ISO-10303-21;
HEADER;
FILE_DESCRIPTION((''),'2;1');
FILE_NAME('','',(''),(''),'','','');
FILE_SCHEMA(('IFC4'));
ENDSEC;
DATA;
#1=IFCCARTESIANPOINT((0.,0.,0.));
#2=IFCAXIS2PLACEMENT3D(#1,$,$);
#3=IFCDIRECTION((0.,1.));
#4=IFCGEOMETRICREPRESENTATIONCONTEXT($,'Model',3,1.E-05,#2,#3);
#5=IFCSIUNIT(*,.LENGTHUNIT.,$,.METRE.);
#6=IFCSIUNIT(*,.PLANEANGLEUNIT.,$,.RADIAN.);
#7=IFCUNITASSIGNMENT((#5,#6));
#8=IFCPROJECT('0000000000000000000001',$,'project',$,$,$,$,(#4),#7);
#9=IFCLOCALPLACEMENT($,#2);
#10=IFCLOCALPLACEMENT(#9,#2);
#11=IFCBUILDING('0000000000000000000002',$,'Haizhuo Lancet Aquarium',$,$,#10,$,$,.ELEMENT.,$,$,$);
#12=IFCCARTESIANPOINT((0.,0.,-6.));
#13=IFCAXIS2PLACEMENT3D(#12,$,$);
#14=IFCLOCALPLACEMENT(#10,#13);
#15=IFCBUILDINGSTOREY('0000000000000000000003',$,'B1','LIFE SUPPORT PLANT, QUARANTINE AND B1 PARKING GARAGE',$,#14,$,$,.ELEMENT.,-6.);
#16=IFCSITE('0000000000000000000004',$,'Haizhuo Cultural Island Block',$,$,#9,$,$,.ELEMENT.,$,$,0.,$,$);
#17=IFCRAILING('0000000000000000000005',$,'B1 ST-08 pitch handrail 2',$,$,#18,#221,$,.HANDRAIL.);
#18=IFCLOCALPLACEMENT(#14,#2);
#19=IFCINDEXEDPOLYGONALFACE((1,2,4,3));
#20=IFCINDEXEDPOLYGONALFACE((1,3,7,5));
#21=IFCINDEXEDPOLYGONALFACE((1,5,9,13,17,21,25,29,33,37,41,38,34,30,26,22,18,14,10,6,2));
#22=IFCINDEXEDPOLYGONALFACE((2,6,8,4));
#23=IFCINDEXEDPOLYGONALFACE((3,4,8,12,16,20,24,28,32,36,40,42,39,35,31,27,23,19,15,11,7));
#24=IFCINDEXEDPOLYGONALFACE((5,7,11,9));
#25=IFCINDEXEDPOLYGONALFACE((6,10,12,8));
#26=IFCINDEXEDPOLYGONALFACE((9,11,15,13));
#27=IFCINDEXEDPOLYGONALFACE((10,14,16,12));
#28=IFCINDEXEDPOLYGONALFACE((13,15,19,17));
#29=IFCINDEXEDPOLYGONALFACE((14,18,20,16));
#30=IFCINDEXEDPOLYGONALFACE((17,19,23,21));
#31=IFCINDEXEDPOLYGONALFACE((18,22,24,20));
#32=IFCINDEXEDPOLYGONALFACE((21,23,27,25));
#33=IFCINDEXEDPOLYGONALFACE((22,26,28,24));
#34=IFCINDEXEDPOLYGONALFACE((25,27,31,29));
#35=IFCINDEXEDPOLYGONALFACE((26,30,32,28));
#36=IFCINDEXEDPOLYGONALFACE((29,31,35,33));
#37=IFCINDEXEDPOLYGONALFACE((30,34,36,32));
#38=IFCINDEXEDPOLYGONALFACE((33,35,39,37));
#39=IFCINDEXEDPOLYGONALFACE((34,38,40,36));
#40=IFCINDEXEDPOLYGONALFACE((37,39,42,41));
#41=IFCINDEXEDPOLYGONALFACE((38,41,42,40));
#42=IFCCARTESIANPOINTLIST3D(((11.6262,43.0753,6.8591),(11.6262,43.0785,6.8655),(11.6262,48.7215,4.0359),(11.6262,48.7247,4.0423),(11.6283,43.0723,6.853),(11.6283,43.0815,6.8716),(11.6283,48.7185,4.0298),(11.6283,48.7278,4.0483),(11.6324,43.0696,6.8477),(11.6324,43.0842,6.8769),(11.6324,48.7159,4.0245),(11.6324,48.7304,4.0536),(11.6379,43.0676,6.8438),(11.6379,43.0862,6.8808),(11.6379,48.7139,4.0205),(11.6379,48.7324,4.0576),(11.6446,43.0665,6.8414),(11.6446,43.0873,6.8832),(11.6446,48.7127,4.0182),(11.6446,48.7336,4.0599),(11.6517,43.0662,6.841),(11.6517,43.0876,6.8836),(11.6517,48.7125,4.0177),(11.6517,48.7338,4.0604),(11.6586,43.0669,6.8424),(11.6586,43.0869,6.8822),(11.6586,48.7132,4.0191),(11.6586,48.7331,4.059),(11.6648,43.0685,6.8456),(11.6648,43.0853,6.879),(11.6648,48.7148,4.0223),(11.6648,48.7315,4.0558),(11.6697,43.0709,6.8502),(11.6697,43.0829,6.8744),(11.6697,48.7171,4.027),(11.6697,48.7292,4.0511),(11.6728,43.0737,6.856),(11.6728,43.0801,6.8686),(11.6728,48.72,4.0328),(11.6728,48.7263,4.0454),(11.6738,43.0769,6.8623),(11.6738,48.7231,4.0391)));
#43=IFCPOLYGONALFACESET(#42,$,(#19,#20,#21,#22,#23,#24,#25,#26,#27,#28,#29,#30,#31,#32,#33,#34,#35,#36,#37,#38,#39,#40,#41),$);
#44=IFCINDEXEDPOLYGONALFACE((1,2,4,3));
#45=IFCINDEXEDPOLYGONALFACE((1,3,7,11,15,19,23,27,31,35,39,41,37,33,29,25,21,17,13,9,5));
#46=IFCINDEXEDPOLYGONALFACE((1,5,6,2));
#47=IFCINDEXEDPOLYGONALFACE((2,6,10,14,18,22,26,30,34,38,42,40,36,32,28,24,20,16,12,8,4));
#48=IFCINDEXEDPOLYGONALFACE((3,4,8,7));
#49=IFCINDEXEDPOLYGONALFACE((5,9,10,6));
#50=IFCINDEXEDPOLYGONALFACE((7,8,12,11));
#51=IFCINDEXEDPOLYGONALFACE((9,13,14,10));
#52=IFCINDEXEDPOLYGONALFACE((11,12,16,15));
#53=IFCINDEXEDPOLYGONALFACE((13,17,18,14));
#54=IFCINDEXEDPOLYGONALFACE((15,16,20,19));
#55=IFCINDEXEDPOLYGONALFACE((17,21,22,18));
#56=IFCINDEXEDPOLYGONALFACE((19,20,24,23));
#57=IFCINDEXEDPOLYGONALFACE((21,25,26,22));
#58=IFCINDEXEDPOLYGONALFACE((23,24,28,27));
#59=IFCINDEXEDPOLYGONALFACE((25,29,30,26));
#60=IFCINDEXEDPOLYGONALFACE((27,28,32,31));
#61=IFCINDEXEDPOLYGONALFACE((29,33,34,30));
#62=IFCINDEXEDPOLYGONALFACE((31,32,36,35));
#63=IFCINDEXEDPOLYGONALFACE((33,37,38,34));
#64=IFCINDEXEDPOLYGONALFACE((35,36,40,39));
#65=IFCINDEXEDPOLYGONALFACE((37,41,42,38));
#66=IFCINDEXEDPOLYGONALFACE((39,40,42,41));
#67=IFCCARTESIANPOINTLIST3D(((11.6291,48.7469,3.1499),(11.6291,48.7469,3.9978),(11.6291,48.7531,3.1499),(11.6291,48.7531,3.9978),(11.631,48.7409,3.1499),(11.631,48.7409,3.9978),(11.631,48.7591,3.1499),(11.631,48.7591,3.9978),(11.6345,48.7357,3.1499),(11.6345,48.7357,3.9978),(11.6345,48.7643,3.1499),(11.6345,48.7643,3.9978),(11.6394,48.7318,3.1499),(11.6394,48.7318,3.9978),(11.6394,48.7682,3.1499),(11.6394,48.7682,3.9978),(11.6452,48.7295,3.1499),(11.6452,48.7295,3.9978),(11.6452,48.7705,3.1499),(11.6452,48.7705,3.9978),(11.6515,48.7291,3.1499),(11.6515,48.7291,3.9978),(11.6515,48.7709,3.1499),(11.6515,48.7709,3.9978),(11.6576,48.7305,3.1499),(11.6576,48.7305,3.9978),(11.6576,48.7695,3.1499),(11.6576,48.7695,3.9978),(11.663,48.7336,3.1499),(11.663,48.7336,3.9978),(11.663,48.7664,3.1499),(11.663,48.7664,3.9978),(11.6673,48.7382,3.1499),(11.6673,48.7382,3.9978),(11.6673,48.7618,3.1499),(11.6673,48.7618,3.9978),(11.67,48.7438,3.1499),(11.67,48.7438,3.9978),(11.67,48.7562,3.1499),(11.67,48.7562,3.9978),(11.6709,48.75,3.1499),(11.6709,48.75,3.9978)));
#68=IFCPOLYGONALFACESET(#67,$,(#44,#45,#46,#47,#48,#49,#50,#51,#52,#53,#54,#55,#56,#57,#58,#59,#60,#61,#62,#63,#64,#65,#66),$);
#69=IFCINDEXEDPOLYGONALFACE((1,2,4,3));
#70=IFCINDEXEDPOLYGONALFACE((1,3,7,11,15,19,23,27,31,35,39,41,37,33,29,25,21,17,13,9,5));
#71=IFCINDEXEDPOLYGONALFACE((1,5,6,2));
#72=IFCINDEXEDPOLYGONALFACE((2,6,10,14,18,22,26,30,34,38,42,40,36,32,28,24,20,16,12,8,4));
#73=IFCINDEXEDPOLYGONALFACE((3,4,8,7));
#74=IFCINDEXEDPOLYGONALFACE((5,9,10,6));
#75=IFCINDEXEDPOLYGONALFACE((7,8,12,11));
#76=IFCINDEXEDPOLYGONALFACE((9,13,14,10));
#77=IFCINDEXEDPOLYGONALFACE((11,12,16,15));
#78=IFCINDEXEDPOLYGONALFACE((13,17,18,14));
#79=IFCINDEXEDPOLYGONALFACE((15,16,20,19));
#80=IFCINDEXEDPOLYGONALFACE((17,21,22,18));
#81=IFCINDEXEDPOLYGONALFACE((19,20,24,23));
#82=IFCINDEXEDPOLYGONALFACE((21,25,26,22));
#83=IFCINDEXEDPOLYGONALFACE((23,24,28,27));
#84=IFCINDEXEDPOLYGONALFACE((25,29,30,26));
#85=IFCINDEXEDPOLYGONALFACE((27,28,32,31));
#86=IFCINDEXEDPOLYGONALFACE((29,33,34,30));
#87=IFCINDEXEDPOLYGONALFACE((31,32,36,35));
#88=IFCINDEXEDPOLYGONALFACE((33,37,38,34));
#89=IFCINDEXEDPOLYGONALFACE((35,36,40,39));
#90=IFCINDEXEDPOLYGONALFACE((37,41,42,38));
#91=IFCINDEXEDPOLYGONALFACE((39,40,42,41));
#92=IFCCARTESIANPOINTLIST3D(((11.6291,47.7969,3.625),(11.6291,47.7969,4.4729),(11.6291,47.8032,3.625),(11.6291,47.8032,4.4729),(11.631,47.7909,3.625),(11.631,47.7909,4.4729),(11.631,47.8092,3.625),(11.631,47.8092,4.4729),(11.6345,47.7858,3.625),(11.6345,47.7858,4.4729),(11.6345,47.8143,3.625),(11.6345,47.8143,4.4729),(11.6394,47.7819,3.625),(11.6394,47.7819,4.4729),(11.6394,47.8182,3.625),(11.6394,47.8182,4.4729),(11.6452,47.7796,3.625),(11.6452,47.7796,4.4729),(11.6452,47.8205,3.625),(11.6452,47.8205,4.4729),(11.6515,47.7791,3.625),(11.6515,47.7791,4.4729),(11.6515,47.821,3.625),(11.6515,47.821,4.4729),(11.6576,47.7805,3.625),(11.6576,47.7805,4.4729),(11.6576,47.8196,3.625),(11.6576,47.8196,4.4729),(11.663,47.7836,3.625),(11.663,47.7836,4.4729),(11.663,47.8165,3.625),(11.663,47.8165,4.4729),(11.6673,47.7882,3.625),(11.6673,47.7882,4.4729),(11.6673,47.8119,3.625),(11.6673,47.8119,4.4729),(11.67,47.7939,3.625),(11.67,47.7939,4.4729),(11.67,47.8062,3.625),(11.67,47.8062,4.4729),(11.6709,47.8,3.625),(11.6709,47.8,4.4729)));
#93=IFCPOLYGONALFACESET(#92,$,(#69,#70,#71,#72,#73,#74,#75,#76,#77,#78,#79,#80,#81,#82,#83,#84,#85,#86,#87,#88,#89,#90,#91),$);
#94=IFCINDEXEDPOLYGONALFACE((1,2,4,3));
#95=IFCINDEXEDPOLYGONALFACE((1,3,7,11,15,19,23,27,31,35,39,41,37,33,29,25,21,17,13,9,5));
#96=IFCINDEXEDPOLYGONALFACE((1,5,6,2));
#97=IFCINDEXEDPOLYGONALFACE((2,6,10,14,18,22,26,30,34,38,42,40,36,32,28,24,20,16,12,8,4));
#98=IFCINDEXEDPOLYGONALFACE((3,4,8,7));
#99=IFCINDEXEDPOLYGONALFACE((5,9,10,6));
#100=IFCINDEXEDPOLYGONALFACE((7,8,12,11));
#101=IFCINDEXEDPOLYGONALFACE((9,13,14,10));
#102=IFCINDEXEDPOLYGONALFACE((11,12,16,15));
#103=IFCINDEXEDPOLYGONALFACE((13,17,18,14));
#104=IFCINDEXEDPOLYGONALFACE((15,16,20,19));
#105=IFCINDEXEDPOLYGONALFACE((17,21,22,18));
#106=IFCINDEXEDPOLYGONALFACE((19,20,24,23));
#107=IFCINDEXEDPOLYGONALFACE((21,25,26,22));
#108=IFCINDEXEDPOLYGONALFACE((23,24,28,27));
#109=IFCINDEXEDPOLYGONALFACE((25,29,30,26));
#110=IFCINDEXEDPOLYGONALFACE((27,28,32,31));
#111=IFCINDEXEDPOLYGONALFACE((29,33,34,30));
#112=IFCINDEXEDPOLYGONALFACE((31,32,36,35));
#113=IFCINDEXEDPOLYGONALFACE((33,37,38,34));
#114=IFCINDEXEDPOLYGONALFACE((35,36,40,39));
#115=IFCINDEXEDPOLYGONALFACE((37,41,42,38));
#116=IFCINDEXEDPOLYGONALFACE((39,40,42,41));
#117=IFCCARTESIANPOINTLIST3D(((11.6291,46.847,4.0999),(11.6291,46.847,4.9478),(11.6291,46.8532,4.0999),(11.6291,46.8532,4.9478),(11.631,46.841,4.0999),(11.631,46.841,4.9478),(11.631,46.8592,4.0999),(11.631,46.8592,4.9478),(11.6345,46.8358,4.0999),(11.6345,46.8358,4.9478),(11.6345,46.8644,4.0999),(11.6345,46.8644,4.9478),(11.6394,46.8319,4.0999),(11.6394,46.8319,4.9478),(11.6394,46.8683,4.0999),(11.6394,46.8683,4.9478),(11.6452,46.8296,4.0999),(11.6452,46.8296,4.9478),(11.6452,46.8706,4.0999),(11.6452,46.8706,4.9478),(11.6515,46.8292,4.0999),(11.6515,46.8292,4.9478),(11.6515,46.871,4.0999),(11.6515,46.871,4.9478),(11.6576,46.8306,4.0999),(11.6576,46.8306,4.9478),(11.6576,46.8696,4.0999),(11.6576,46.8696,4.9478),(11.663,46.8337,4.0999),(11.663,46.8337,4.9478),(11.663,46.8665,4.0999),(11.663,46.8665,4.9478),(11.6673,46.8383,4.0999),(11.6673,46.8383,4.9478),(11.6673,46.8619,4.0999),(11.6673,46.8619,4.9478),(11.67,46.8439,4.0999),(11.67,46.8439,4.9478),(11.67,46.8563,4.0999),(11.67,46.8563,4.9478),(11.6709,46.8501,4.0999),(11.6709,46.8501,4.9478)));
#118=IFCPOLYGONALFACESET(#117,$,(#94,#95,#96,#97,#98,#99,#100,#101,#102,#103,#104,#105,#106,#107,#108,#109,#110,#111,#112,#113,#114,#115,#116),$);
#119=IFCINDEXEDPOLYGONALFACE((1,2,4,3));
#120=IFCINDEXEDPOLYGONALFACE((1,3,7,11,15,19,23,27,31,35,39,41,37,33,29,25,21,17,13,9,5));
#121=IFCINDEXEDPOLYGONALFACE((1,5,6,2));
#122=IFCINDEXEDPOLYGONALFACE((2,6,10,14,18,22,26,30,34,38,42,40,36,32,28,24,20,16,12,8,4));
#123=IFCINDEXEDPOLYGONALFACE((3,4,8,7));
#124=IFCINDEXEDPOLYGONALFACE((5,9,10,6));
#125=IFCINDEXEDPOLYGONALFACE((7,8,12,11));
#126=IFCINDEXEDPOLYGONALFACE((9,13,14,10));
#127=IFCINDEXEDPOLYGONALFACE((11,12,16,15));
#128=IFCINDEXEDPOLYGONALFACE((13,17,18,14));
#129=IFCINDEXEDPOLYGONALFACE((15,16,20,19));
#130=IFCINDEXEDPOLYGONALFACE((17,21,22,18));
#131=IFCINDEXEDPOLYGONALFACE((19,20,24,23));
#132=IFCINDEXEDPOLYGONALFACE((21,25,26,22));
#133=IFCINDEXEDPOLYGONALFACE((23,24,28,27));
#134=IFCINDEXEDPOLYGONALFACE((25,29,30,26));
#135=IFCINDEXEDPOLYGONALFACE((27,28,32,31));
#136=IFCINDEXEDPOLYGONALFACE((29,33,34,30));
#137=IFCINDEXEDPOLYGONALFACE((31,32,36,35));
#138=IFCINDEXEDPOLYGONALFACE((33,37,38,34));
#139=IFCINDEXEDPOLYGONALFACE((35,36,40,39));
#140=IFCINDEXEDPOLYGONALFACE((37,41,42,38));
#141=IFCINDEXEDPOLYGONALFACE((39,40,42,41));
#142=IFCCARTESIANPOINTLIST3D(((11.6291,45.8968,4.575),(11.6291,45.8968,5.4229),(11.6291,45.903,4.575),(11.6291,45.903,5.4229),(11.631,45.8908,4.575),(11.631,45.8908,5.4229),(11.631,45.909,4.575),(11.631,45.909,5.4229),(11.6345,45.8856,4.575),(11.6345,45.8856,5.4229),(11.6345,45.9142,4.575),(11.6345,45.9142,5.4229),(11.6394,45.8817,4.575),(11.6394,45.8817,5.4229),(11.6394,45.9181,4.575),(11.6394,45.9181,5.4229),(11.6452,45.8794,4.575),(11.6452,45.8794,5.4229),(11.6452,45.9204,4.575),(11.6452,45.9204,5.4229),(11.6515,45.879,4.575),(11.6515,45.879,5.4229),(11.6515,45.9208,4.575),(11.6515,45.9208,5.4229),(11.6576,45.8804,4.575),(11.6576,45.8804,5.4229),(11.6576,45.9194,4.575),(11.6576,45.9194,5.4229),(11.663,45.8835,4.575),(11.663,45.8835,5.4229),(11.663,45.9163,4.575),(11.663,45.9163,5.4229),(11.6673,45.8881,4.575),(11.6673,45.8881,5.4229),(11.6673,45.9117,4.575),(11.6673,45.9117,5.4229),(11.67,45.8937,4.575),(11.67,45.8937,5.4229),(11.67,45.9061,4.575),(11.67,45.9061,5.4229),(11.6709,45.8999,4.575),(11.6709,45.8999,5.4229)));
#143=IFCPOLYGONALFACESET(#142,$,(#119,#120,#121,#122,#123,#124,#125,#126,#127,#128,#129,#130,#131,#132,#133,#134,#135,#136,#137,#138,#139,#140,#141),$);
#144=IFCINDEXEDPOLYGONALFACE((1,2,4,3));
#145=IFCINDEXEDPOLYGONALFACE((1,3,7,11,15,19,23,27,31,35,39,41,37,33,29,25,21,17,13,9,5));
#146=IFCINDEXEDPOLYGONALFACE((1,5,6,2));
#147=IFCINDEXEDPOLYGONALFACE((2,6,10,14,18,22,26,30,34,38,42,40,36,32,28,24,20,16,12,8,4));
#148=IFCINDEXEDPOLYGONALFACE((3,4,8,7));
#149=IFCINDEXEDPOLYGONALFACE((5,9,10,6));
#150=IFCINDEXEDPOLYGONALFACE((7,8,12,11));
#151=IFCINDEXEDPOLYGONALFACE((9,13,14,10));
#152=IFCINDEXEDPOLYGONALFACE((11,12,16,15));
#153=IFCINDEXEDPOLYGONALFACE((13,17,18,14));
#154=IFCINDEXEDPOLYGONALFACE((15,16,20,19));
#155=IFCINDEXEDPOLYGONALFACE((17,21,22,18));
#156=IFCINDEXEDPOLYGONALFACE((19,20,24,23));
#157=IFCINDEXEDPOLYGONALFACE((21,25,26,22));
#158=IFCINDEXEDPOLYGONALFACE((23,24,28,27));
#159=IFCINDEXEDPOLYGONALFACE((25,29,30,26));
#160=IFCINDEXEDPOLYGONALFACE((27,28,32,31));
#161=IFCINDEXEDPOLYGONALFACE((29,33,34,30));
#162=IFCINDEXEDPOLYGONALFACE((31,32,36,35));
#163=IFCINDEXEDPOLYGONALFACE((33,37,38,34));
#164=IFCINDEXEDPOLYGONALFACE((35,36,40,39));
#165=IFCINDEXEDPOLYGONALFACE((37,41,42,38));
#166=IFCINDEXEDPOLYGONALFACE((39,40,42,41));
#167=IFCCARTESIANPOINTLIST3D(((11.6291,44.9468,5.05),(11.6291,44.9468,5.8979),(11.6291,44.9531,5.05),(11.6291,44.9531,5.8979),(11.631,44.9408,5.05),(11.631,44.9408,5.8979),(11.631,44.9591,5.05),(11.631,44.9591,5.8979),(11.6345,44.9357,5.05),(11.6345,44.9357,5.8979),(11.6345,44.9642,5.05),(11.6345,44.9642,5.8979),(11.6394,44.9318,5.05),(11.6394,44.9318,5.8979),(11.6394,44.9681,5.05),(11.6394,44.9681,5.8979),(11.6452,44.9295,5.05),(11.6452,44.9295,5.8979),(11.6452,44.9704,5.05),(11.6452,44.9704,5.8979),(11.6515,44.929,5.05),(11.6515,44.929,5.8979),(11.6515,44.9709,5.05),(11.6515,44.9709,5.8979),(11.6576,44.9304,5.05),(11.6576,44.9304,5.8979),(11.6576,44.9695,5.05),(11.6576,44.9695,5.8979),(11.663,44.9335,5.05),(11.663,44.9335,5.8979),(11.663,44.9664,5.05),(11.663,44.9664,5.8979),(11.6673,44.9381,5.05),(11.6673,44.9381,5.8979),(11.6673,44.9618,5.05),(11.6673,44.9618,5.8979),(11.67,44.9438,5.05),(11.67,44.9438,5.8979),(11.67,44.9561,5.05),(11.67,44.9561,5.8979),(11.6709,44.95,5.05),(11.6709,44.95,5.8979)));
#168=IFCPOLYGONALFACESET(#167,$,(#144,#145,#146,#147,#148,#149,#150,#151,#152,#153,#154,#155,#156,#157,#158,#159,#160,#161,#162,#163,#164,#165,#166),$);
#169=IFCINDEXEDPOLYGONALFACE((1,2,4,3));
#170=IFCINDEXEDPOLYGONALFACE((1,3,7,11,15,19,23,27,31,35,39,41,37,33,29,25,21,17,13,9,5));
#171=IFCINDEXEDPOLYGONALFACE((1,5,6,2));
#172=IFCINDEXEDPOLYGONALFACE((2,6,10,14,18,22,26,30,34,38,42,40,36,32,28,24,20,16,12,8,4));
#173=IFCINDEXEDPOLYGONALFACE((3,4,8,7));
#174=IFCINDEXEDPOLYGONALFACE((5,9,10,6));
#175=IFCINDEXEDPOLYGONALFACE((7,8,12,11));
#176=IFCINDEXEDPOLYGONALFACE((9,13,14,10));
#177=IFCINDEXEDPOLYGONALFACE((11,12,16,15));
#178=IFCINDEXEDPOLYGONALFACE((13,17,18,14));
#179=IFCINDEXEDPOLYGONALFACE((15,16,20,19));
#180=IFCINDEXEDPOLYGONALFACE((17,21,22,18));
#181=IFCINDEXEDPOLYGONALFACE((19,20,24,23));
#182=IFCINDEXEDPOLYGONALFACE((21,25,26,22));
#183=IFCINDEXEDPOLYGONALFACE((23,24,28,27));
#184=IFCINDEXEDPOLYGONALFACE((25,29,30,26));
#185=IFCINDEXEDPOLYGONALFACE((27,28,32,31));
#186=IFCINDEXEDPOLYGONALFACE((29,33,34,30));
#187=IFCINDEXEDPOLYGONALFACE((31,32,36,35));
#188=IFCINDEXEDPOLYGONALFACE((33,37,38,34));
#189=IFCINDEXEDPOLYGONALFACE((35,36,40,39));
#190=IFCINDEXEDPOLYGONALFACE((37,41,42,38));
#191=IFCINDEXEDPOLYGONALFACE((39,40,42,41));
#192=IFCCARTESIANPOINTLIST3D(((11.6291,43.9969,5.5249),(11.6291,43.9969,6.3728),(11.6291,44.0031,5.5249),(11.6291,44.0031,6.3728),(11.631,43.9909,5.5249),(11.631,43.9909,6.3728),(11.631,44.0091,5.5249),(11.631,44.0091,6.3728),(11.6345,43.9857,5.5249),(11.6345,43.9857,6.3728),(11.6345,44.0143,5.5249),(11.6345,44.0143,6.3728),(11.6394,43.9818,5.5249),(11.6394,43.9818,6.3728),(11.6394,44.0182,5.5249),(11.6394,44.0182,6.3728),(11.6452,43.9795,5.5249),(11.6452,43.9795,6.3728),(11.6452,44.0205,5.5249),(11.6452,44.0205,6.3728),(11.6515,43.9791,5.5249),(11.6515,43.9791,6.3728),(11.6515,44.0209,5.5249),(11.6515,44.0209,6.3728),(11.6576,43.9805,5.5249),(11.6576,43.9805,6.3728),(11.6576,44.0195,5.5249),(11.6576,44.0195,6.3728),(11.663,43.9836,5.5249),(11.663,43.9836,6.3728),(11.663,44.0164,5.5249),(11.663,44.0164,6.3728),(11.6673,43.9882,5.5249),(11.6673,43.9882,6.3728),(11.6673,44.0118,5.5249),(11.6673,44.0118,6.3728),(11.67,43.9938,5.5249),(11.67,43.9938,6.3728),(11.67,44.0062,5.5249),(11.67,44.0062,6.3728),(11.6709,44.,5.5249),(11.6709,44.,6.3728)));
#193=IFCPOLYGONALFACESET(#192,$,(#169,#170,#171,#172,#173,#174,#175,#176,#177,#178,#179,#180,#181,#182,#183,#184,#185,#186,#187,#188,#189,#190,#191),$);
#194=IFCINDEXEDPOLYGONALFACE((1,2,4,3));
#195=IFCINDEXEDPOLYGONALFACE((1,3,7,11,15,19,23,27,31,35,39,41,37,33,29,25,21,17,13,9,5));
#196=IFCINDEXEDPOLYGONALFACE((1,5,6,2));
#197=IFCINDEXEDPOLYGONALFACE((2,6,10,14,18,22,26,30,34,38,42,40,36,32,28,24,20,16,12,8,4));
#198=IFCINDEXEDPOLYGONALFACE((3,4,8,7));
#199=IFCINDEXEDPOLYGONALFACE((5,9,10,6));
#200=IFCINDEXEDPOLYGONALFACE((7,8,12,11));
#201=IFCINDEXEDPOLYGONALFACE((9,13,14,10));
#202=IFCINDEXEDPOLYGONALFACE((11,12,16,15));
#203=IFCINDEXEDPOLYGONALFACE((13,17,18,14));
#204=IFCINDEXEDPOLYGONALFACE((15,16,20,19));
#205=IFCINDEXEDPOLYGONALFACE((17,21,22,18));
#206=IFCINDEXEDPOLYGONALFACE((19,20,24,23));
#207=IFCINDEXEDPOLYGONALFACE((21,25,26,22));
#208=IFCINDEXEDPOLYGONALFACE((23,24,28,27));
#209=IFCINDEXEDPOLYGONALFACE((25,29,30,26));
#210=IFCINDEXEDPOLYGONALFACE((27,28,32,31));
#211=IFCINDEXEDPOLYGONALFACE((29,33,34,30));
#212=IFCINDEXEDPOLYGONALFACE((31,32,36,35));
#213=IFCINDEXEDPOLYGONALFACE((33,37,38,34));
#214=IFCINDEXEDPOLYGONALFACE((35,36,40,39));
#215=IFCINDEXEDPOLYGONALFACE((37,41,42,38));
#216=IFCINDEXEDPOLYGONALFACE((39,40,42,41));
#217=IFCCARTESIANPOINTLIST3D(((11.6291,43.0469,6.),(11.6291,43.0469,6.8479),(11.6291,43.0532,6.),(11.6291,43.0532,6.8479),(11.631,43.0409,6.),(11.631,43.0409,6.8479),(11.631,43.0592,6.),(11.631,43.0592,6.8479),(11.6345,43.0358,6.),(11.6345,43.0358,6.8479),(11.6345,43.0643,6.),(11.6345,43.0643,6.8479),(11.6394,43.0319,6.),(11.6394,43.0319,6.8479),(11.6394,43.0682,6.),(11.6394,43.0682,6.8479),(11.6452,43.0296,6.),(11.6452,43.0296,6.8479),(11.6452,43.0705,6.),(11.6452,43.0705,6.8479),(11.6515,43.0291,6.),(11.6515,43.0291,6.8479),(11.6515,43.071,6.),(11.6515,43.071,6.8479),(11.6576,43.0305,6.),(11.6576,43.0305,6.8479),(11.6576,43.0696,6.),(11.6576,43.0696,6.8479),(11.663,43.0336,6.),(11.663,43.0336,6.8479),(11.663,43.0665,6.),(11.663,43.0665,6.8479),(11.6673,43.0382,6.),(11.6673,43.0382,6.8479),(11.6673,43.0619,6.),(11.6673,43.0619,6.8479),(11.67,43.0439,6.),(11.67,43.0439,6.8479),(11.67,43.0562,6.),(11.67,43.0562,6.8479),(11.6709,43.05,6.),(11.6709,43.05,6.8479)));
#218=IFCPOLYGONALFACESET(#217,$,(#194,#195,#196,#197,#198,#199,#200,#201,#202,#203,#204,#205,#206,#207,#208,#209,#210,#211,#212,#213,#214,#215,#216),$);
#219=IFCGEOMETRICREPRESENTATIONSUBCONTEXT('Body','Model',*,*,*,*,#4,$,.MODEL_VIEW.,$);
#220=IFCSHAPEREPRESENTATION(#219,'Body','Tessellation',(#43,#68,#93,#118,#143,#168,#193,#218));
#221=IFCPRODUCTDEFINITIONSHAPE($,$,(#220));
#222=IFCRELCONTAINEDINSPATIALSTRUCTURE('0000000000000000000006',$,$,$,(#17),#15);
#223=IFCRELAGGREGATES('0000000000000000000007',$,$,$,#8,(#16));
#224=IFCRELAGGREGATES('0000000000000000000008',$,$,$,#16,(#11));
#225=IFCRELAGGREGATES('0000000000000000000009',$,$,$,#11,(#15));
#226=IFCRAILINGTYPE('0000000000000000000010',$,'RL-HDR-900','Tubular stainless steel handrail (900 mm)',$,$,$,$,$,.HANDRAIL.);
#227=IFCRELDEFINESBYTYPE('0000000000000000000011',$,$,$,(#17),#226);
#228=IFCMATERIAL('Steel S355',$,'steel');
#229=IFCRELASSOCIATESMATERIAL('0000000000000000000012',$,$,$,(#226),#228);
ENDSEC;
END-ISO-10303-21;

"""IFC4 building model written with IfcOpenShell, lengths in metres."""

from ifc_helpers import new_model, si_unit, direction, frame, origin, origin_2d, place, context, subcontext, project, spatial, circle, extrude, material, type_object, element, save


model = new_model("IFC4")

# Units and contexts
model_context = context("Model", 3, precision=1e-05, world=origin(), true_north=direction((0.0, 1.0)))
body_context = subcontext(model_context, "Body", "Model", "MODEL_VIEW")
ifc_project = project(units=[si_unit("LENGTHUNIT", "METRE"), si_unit("PLANEANGLEUNIT", "RADIAN")], contexts=[model_context])

# Site, building, storey
site_placement = place(None, origin())
site = spatial("IfcSite", under=ifc_project, at=site_placement, Name="Haizhuo Cultural Island Block", CompositionType="ELEMENT", RefElevation=0.0)
building_placement = place(site_placement, origin())
building = spatial("IfcBuilding", under=site, at=building_placement, Name="Haizhuo Lancet Aquarium", CompositionType="ELEMENT")
storey_placement = place(building_placement, frame((0.0, 0.0, -6.0)))
storey = spatial("IfcBuildingStorey", under=building, at=storey_placement, Name="B1", Description="LIFE SUPPORT PLANT, QUARANTINE AND B1 PARKING GARAGE", CompositionType="ELEMENT", Elevation=-6.0)

# Railing
ifc_material_1 = material(Name="Steel S355", Category="steel")
railing_type_1 = type_object("IfcRailingType", Name="RL-HDR-900", Description="Tubular stainless steel handrail (900 mm)", PredefinedType="HANDRAIL", material=ifc_material_1)
railing_1_placement = place(storey_placement, frame((11.6499, 48.75, 3.1499)))
element("IfcRailing", 1, at=railing_1_placement, inside=storey, type_object=railing_type_1, Name="B1 ST-08 pitch handrail 2", PredefinedType="HANDRAIL", context=body_context, shape_type="SweptSolid", body=[
    extrude(circle(Radius=0.0239, at=origin_2d()), frame((0.0, -0.0269, 0.8892), z_axis=(0.0, -0.89442, 0.447229), x_axis=(1.0, 0.0, 0.0)), (0.0, 0.0, 1.0), 6.3127),
    extrude(circle(Radius=0.021, at=origin_2d()), origin(), (0.0, 0.0, 1.0), 0.8479),
    extrude(circle(Radius=0.021, at=origin_2d()), frame((0.0, -0.95, 0.4751)), (0.0, 0.0, 1.0), 0.8479),
    extrude(circle(Radius=0.021, at=origin_2d()), frame((0.0, -1.8999, 0.95)), (0.0, 0.0, 1.0), 0.8479),
    extrude(circle(Radius=0.021, at=origin_2d()), frame((0.0, -2.8501, 1.425)), (0.0, 0.0, 1.0), 0.8479),
    extrude(circle(Radius=0.021, at=origin_2d()), frame((0.0, -3.8, 1.9001)), (0.0, 0.0, 1.0), 0.8479),
    extrude(circle(Radius=0.021, at=origin_2d()), frame((0.0, -4.75, 2.375)), (0.0, 0.0, 1.0), 0.8479),
    extrude(circle(Radius=0.021, at=origin_2d()), frame((0.0, -5.7, 2.8501)), (0.0, 0.0, 1.0), 0.8479),
])

save(model, "model.ifc")
